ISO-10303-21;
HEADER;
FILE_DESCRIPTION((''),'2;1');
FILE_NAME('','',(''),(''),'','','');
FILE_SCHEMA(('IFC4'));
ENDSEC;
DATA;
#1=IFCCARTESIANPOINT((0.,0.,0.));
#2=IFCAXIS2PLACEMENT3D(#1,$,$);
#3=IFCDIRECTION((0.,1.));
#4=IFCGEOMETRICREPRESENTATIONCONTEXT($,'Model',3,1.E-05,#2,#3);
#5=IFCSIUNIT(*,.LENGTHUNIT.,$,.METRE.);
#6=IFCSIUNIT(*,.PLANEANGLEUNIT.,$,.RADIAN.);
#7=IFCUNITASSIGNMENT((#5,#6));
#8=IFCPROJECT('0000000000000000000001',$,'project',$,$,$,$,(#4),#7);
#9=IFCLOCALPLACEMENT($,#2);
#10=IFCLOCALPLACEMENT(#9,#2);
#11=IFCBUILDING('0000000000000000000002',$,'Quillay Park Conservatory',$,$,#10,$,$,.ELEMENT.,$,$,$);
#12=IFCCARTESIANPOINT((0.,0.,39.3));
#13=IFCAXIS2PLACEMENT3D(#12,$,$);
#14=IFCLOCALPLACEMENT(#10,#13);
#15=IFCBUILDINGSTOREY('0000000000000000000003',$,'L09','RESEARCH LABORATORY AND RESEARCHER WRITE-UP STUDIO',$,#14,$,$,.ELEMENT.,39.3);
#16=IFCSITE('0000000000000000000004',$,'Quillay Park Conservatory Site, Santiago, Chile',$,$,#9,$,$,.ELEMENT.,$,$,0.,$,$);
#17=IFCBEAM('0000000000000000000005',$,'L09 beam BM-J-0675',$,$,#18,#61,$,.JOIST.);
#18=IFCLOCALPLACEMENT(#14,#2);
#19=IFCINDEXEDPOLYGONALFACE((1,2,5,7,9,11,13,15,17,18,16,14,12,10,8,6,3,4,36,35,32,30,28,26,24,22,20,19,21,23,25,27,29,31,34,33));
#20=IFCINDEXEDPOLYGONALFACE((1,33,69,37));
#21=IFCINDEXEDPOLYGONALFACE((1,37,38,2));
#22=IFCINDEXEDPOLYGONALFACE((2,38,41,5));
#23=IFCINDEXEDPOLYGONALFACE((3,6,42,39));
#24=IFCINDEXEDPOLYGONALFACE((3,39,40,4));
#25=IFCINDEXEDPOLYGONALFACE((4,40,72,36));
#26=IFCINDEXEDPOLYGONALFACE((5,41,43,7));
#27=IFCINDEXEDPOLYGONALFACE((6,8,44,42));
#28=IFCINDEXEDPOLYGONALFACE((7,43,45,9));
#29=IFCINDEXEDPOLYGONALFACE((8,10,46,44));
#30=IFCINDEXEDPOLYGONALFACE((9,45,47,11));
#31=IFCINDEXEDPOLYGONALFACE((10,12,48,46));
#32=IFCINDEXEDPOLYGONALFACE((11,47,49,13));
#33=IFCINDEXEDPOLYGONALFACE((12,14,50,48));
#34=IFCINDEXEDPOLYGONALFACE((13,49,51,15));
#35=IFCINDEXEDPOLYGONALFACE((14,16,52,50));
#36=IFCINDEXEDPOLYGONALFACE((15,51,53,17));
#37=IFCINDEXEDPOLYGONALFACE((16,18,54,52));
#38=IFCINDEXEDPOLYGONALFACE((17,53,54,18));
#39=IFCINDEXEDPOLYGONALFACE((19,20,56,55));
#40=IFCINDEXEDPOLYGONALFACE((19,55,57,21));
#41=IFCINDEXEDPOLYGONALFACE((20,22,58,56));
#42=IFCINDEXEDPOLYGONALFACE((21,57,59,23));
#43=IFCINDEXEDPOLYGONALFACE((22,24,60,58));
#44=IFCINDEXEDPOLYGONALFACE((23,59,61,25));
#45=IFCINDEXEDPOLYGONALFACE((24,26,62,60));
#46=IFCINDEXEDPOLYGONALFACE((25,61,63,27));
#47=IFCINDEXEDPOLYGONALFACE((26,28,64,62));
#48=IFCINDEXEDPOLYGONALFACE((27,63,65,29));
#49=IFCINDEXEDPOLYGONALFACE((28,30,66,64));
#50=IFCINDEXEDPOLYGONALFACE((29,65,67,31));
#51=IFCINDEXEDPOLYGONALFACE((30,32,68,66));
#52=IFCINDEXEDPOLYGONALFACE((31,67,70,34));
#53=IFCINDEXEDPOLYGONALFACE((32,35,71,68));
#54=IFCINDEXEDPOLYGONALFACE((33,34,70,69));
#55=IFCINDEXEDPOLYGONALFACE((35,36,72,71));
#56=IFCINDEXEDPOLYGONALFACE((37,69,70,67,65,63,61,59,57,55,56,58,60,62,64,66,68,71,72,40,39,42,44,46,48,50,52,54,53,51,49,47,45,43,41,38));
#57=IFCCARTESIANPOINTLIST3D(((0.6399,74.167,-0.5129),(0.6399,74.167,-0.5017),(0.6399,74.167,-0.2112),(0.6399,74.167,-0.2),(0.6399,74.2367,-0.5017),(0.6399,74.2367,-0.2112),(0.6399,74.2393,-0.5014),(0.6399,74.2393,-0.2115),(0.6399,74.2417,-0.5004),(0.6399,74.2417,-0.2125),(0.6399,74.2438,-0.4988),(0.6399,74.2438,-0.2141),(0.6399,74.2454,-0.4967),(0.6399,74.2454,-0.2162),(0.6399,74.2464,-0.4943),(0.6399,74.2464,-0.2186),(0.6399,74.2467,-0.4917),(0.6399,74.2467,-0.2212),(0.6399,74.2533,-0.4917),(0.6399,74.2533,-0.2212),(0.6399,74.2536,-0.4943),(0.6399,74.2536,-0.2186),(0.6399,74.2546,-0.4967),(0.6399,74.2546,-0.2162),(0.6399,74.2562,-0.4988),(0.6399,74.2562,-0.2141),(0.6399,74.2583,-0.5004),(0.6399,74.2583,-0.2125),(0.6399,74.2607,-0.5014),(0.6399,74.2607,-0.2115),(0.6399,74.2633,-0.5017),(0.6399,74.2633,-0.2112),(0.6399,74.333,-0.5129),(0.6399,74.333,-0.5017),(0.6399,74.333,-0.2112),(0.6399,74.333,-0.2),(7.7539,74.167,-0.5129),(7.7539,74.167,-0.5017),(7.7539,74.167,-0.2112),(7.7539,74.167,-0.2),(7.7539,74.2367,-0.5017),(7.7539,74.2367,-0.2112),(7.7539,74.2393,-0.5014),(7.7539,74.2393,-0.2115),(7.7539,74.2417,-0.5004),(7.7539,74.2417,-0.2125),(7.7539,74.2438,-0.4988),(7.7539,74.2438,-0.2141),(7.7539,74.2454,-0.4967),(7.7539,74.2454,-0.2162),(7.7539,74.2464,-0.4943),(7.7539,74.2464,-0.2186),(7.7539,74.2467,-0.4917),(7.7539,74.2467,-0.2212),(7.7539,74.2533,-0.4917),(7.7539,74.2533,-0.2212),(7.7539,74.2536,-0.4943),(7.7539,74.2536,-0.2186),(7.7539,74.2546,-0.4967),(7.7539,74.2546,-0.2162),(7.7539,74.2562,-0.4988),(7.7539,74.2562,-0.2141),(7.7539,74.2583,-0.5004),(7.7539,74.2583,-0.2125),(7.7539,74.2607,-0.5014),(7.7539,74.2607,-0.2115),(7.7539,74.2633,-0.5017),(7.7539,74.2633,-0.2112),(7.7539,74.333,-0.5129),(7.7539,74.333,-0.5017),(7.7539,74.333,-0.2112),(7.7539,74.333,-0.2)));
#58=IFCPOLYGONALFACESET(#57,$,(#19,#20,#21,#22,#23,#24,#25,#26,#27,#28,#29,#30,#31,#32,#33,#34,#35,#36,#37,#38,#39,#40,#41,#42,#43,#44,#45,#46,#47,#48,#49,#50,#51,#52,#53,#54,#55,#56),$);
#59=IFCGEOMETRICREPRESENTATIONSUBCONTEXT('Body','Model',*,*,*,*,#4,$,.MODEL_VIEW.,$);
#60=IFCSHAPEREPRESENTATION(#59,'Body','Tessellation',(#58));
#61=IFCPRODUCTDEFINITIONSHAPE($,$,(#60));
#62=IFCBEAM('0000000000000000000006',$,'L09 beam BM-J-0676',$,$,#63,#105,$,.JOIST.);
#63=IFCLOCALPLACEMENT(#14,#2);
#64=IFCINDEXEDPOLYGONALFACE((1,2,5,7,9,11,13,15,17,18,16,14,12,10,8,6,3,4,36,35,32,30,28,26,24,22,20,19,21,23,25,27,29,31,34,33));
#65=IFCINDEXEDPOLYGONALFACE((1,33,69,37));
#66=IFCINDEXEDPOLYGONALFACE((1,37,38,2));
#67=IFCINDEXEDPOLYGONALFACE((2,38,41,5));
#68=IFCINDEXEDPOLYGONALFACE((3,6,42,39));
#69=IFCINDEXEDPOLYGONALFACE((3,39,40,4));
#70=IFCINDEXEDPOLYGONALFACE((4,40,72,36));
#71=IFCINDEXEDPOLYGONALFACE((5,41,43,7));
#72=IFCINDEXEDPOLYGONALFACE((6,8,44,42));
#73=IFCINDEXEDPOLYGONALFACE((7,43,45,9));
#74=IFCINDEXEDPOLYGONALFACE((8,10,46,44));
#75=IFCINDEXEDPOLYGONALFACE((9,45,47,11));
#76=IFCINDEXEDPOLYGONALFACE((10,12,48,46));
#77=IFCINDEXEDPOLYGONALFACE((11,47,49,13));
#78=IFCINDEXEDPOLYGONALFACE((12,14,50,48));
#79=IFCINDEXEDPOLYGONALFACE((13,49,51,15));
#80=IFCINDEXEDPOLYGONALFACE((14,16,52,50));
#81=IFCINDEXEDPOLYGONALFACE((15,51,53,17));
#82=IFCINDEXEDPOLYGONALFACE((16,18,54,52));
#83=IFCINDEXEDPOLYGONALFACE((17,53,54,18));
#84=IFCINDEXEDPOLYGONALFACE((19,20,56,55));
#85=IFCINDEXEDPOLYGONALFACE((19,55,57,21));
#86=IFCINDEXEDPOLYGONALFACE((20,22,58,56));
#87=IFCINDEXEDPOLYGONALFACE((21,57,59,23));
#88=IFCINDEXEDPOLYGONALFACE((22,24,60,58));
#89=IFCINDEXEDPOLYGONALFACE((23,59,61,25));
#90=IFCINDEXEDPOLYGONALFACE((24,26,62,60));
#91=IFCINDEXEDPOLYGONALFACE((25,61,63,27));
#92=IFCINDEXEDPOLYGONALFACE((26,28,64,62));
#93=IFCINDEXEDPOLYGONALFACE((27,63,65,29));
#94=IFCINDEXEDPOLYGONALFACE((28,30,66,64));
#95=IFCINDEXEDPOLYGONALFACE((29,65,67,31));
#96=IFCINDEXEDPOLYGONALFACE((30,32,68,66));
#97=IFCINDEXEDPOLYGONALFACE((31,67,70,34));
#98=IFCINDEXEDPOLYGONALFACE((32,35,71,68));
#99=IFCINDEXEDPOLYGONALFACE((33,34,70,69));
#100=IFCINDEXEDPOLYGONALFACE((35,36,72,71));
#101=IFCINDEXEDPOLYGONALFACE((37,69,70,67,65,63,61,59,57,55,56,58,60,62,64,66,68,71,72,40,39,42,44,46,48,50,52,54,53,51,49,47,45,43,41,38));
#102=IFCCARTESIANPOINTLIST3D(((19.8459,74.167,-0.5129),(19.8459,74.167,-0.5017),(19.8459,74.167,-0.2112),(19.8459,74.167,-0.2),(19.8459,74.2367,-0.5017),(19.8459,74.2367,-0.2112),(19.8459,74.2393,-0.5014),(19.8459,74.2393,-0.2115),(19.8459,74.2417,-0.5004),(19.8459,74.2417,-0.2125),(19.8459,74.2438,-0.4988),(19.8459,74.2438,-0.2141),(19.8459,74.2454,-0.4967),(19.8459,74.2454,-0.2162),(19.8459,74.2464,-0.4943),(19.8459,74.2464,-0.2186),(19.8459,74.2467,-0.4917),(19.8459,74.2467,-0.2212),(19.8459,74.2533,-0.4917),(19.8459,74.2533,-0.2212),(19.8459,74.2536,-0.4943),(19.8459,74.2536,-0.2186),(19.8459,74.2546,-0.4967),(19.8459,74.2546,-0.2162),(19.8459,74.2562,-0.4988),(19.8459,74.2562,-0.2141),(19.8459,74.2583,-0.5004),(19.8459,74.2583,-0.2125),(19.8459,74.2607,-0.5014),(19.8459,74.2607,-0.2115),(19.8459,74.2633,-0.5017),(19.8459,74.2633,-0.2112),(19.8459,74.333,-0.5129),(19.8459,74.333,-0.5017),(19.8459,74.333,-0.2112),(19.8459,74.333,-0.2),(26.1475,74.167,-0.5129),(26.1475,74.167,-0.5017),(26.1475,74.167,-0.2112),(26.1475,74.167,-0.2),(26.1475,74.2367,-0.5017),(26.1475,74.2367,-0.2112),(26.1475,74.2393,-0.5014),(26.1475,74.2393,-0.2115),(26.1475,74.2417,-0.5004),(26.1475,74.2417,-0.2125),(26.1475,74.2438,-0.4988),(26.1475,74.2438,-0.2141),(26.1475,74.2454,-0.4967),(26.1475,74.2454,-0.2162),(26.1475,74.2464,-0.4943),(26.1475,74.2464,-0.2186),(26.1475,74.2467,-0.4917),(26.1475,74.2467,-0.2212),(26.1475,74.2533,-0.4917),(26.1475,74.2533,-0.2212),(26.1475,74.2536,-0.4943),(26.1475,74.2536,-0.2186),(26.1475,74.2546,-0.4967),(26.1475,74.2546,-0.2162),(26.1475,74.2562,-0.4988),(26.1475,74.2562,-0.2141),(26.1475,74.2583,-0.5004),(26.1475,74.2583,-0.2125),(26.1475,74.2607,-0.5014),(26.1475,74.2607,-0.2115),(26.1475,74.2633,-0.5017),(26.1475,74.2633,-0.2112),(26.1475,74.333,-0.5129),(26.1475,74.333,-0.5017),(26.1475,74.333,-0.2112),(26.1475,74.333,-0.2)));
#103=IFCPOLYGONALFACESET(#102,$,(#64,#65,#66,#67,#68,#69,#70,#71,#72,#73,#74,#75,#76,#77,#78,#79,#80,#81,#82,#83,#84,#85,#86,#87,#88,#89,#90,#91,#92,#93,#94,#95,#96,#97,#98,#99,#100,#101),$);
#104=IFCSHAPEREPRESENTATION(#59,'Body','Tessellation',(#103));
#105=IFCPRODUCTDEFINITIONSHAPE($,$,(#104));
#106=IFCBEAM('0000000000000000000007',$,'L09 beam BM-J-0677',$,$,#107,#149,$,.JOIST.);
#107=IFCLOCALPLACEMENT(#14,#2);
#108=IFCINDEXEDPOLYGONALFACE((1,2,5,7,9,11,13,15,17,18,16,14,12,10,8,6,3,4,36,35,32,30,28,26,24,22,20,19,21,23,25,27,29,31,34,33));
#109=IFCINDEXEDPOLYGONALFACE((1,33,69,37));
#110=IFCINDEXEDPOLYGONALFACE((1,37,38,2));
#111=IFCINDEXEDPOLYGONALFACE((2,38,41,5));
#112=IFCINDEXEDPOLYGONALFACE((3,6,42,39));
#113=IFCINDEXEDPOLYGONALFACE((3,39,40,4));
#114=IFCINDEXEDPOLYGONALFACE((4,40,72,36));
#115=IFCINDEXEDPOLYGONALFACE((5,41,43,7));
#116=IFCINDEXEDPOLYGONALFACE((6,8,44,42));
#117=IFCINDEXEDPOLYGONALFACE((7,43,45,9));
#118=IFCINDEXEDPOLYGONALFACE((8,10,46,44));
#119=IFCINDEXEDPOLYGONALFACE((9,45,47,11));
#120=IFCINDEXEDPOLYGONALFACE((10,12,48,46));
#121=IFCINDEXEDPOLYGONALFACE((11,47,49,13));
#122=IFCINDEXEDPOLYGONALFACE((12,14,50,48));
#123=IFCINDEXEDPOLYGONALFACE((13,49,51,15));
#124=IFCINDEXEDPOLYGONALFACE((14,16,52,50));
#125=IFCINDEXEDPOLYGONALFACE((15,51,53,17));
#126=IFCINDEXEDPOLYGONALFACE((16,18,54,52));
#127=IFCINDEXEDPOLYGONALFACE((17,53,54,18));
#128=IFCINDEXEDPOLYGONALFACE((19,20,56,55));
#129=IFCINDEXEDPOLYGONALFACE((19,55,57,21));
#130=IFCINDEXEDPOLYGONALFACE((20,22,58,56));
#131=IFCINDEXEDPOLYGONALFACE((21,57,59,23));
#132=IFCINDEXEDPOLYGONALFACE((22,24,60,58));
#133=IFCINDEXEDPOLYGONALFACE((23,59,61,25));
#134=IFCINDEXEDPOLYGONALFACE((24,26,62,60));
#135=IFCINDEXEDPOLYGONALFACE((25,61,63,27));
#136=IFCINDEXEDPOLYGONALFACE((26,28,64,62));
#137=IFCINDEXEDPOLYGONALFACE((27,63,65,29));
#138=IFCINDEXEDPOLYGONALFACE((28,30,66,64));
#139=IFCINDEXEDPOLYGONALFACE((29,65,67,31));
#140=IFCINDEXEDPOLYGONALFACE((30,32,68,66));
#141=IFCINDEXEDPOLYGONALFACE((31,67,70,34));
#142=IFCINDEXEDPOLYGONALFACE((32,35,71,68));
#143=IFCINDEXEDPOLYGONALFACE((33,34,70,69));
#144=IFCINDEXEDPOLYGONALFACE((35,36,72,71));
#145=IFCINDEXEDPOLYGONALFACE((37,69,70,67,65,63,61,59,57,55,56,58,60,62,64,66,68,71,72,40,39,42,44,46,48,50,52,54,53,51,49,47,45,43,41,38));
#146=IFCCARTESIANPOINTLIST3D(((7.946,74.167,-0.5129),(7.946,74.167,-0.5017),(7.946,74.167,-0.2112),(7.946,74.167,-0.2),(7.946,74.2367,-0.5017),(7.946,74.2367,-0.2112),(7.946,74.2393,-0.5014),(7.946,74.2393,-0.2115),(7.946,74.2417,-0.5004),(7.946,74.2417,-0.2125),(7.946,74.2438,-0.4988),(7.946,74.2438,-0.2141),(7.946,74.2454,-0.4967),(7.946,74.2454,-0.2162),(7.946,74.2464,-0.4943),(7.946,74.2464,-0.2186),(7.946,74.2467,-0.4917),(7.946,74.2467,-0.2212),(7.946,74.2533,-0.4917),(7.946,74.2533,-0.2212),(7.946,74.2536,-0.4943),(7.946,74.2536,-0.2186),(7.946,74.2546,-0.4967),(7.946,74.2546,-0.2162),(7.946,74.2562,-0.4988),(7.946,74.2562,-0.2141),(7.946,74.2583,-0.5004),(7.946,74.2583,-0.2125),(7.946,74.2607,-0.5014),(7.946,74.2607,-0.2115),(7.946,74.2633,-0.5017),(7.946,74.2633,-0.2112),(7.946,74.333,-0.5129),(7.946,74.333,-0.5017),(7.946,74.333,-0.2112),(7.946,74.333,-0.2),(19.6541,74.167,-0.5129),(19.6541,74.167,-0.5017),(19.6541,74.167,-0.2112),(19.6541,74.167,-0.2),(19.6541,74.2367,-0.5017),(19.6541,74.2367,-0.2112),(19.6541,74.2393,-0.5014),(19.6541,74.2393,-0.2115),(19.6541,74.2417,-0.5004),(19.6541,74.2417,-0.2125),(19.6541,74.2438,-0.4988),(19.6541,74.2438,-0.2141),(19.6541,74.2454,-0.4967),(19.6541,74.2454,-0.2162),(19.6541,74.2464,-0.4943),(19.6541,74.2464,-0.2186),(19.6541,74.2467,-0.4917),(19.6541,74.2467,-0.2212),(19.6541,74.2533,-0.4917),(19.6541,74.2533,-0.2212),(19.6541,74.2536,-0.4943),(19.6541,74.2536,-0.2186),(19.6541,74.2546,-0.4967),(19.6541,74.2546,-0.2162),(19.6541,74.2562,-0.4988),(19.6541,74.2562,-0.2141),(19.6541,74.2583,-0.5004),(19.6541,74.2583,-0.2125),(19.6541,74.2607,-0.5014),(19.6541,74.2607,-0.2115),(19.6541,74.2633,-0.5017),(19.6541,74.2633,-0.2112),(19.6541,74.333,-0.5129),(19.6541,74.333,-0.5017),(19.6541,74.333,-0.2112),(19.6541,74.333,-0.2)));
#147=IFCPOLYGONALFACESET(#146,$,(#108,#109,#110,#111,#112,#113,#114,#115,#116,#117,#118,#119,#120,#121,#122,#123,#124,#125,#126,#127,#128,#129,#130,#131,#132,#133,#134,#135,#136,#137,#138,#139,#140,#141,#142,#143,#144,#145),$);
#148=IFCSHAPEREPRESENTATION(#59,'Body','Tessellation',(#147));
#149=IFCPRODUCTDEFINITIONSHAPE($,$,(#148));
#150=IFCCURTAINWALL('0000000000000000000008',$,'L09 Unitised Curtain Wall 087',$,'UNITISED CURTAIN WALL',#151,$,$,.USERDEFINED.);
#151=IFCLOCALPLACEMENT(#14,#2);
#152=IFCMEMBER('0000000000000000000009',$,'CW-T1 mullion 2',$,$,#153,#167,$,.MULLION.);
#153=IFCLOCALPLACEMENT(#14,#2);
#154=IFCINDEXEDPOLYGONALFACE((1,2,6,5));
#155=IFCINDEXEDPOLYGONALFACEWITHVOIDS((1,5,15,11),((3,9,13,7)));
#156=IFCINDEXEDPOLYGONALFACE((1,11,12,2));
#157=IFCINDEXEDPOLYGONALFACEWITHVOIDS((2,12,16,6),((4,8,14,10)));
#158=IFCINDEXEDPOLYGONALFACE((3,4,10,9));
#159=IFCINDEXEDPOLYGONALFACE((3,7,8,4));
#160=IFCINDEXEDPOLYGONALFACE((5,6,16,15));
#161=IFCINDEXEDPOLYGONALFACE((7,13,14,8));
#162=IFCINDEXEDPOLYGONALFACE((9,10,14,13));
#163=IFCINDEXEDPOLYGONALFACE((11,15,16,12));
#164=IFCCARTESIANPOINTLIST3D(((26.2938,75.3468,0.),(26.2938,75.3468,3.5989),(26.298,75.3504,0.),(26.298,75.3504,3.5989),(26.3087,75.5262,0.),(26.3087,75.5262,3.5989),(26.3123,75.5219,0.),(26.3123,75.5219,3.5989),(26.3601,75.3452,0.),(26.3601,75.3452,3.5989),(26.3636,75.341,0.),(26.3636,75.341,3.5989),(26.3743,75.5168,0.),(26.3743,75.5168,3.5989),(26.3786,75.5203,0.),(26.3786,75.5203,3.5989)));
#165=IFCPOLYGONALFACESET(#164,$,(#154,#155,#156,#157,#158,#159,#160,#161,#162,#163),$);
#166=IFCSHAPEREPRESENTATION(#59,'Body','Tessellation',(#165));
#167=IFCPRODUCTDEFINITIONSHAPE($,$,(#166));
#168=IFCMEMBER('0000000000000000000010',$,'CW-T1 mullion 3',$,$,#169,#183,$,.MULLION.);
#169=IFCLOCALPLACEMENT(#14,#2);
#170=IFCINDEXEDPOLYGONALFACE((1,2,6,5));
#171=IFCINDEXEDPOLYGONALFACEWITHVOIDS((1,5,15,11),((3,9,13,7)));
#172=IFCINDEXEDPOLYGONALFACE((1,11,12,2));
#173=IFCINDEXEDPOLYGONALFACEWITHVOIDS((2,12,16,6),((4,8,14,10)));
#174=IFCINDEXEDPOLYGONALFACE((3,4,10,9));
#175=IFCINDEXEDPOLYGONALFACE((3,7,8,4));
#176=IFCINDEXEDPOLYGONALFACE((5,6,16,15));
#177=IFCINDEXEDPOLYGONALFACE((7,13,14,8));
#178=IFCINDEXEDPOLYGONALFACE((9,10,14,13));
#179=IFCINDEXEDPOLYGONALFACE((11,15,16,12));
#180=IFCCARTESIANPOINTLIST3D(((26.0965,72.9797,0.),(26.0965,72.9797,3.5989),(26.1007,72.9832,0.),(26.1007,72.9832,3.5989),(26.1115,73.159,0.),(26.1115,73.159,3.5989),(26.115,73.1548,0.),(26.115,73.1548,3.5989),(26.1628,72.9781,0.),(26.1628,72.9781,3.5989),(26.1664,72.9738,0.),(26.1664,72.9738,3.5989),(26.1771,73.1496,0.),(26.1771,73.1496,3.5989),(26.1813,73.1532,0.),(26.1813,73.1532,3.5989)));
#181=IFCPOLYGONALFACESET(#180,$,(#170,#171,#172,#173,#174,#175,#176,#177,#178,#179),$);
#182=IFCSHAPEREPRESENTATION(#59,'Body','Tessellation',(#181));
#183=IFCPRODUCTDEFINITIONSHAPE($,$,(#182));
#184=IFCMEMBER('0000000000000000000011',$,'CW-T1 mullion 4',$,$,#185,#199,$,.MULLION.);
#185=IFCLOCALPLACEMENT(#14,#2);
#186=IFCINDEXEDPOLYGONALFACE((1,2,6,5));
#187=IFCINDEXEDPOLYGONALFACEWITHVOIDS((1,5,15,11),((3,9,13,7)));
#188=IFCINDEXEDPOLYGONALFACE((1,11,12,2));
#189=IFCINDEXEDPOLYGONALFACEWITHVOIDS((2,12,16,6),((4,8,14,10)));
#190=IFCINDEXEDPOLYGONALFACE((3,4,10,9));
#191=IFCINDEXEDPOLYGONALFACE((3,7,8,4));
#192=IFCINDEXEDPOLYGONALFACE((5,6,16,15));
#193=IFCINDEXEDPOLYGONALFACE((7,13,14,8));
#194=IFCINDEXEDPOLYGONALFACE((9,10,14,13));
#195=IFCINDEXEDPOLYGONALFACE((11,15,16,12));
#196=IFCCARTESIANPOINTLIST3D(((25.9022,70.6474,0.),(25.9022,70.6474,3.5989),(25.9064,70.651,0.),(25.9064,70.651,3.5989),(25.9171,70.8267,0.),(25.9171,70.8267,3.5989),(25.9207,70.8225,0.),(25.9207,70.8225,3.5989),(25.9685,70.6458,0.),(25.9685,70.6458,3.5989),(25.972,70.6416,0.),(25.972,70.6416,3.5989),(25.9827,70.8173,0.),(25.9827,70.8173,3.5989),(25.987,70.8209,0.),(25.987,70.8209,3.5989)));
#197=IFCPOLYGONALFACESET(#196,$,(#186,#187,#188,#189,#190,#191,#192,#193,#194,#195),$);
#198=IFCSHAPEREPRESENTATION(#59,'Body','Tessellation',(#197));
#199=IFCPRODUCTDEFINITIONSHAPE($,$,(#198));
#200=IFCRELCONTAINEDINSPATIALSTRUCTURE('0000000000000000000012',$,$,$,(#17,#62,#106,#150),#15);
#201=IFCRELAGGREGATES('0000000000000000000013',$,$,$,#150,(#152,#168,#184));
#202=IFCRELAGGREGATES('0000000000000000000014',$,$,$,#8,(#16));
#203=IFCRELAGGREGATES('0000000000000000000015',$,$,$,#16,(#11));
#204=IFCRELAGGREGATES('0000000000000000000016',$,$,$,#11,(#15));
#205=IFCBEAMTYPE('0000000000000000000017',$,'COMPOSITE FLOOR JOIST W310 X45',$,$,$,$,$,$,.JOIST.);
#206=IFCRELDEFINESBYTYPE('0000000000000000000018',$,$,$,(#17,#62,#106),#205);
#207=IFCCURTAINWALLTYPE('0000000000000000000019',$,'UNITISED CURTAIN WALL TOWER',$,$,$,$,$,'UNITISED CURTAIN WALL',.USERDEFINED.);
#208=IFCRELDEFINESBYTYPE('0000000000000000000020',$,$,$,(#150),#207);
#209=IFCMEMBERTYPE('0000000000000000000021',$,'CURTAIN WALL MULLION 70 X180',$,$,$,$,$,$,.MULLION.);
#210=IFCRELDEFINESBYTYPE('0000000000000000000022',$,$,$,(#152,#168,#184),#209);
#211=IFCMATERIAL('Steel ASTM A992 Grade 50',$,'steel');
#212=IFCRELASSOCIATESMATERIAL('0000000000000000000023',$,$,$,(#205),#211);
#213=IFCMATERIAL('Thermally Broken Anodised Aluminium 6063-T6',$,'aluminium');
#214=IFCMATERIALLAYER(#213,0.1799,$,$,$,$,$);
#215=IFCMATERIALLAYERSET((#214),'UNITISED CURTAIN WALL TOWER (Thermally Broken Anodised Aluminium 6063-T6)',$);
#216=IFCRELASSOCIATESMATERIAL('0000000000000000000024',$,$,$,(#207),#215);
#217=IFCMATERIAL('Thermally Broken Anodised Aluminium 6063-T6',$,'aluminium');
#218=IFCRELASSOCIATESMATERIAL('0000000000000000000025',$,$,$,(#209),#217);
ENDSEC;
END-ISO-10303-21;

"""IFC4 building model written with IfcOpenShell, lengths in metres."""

from ifc_helpers import new_model, si_unit, direction, frame, origin, origin_2d, place, context, subcontext, project, spatial, hollow_rectangle, i_section, extrude, material, layer, layer_set, material_profile, profile_set, type_object, element, aggregate, save


model = new_model("IFC4")

# Units and contexts
model_context = context("Model", 3, precision=1e-05, world=origin(), true_north=direction((0.0, 1.0)))
body_context = subcontext(model_context, "Body", "Model", "MODEL_VIEW")
ifc_project = project(units=[si_unit("LENGTHUNIT", "METRE"), si_unit("PLANEANGLEUNIT", "RADIAN")], contexts=[model_context])

# Site, building, storey
site_placement = place(None, origin())
site = spatial("IfcSite", under=ifc_project, at=site_placement, Name="Quillay Park Conservatory Site, Santiago, Chile", CompositionType="ELEMENT", RefElevation=0.0)
building_placement = place(site_placement, origin())
building = spatial("IfcBuilding", under=site, at=building_placement, Name="Quillay Park Conservatory", CompositionType="ELEMENT")
storey_placement = place(building_placement, frame((0.0, 0.0, 39.3)))
storey = spatial("IfcBuildingStorey", under=building, at=storey_placement, Name="L09", Description="RESEARCH LABORATORY AND RESEARCHER WRITE-UP STUDIO", CompositionType="ELEMENT", Elevation=39.3)

# Beams
ifc_material_1 = material(Name="Steel ASTM A992 Grade 50", Category="steel")
ifc_material_profile_1 = material_profile(ifc_material_1, i_section(OverallWidth=0.166, OverallDepth=0.313, WebThickness=0.0066, FlangeThickness=0.0112, FilletRadius=0.01, at=origin_2d()), Name="W310x45")
ifc_profile_set_1 = profile_set([ifc_material_profile_1], Name="Steel ASTM A992 Grade 50")
beam_type_1 = type_object("IfcBeamType", Name="COMPOSITE FLOOR JOIST W310 X45", PredefinedType="JOIST", material=ifc_profile_set_1)
beam_1_placement = place(storey_placement, frame((0.6399, 74.25, -0.3564), z_axis=(1.0, 0.0, 0.0), x_axis=(0.0, 1.0, 0.0)))
element("IfcBeam", 1, at=beam_1_placement, inside=storey, type_object=beam_type_1, Name="L09 beam BM-J-0675", PredefinedType="JOIST", context=body_context, shape_type="SweptSolid", body=[
    extrude(i_section(OverallWidth=0.166, OverallDepth=0.313, WebThickness=0.0066, FlangeThickness=0.0112, FilletRadius=0.01, at=origin_2d()), origin(), (0.0, 0.0, 1.0), 7.114),
])
beam_2_placement = place(storey_placement, frame((19.8459, 74.25, -0.3564), z_axis=(1.0, 0.0, 0.0), x_axis=(0.0, 1.0, 0.0)))
element("IfcBeam", 2, at=beam_2_placement, inside=storey, type_object=beam_type_1, Name="L09 beam BM-J-0676", PredefinedType="JOIST", context=body_context, shape_type="SweptSolid", body=[
    extrude(i_section(OverallWidth=0.166, OverallDepth=0.313, WebThickness=0.0066, FlangeThickness=0.0112, FilletRadius=0.01, at=origin_2d()), origin(), (0.0, 0.0, 1.0), 6.3015),
])
beam_3_placement = place(storey_placement, frame((7.946, 74.25, -0.3564), z_axis=(1.0, 0.0, 0.0), x_axis=(0.0, 1.0, 0.0)))
element("IfcBeam", 3, at=beam_3_placement, inside=storey, type_object=beam_type_1, Name="L09 beam BM-J-0677", PredefinedType="JOIST", context=body_context, shape_type="SweptSolid", body=[
    extrude(i_section(OverallWidth=0.166, OverallDepth=0.313, WebThickness=0.0066, FlangeThickness=0.0112, FilletRadius=0.01, at=origin_2d()), origin(), (0.0, 0.0, 1.0), 11.708),
])

# Curtain wall, members
ifc_material_2 = material(Name="Thermally Broken Anodised Aluminium 6063-T6", Category="aluminium")
ifc_layer_1 = layer(ifc_material_2, 0.1799)
ifc_layer_set_1 = layer_set([ifc_layer_1], Name="UNITISED CURTAIN WALL TOWER (Thermally Broken Anodised Aluminium 6063-T6)")
curtain_wall_type = type_object("IfcCurtainWallType", Name="UNITISED CURTAIN WALL TOWER", ElementType="UNITISED CURTAIN WALL", PredefinedType="USERDEFINED", material=ifc_layer_set_1)
curtain_wall_placement = place(storey_placement, origin())
curtain_wall = element("IfcCurtainWall", 4, at=curtain_wall_placement, inside=storey, type_object=curtain_wall_type, Name="L09 Unitised Curtain Wall 087", ObjectType="UNITISED CURTAIN WALL", PredefinedType="USERDEFINED")
ifc_material_3 = material(Name="Thermally Broken Anodised Aluminium 6063-T6", Category="aluminium")
ifc_material_profile_2 = material_profile(ifc_material_3, hollow_rectangle(XDim=0.0701, YDim=0.1799, WallThickness=0.0039, at=origin_2d()), Name="AL70x180x4")
ifc_profile_set_2 = profile_set([ifc_material_profile_2], Name="Thermally Broken Anodised Aluminium 6063-T6")
member_type_1 = type_object("IfcMemberType", Name="CURTAIN WALL MULLION 70 X180", PredefinedType="MULLION", material=ifc_profile_set_2)
member_1_placement = place(storey_placement, frame((26.3362, 75.4336, 0.0), z_axis=(0.0, 0.0, 1.0), x_axis=(0.996546, -0.083048, 0.0)))
member_1 = element("IfcMember", 5, at=member_1_placement, type_object=member_type_1, Name="CW-T1 mullion 2", PredefinedType="MULLION", context=body_context, shape_type="SweptSolid", body=[
    extrude(hollow_rectangle(XDim=0.0701, YDim=0.1799, WallThickness=0.0039, at=origin_2d()), origin(), (0.0, 0.0, 1.0), 3.5989),
])
member_2_placement = place(storey_placement, frame((26.1389, 73.0664, 0.0), z_axis=(0.0, 0.0, 1.0), x_axis=(0.996546, -0.083048, 0.0)))
member_2 = element("IfcMember", 6, at=member_2_placement, type_object=member_type_1, Name="CW-T1 mullion 3", PredefinedType="MULLION", context=body_context, shape_type="SweptSolid", body=[
    extrude(hollow_rectangle(XDim=0.0701, YDim=0.1799, WallThickness=0.0039, at=origin_2d()), origin(), (0.0, 0.0, 1.0), 3.5989),
])
member_3_placement = place(storey_placement, frame((25.9446, 70.7341, 0.0), z_axis=(0.0, 0.0, 1.0), x_axis=(0.996546, -0.083048, 0.0)))
member_3 = element("IfcMember", 7, at=member_3_placement, type_object=member_type_1, Name="CW-T1 mullion 4", PredefinedType="MULLION", context=body_context, shape_type="SweptSolid", body=[
    extrude(hollow_rectangle(XDim=0.0701, YDim=0.1799, WallThickness=0.0039, at=origin_2d()), origin(), (0.0, 0.0, 1.0), 3.5989),
])

aggregate(curtain_wall, [member_1, member_2, member_3])

save(model, "model.ifc")
